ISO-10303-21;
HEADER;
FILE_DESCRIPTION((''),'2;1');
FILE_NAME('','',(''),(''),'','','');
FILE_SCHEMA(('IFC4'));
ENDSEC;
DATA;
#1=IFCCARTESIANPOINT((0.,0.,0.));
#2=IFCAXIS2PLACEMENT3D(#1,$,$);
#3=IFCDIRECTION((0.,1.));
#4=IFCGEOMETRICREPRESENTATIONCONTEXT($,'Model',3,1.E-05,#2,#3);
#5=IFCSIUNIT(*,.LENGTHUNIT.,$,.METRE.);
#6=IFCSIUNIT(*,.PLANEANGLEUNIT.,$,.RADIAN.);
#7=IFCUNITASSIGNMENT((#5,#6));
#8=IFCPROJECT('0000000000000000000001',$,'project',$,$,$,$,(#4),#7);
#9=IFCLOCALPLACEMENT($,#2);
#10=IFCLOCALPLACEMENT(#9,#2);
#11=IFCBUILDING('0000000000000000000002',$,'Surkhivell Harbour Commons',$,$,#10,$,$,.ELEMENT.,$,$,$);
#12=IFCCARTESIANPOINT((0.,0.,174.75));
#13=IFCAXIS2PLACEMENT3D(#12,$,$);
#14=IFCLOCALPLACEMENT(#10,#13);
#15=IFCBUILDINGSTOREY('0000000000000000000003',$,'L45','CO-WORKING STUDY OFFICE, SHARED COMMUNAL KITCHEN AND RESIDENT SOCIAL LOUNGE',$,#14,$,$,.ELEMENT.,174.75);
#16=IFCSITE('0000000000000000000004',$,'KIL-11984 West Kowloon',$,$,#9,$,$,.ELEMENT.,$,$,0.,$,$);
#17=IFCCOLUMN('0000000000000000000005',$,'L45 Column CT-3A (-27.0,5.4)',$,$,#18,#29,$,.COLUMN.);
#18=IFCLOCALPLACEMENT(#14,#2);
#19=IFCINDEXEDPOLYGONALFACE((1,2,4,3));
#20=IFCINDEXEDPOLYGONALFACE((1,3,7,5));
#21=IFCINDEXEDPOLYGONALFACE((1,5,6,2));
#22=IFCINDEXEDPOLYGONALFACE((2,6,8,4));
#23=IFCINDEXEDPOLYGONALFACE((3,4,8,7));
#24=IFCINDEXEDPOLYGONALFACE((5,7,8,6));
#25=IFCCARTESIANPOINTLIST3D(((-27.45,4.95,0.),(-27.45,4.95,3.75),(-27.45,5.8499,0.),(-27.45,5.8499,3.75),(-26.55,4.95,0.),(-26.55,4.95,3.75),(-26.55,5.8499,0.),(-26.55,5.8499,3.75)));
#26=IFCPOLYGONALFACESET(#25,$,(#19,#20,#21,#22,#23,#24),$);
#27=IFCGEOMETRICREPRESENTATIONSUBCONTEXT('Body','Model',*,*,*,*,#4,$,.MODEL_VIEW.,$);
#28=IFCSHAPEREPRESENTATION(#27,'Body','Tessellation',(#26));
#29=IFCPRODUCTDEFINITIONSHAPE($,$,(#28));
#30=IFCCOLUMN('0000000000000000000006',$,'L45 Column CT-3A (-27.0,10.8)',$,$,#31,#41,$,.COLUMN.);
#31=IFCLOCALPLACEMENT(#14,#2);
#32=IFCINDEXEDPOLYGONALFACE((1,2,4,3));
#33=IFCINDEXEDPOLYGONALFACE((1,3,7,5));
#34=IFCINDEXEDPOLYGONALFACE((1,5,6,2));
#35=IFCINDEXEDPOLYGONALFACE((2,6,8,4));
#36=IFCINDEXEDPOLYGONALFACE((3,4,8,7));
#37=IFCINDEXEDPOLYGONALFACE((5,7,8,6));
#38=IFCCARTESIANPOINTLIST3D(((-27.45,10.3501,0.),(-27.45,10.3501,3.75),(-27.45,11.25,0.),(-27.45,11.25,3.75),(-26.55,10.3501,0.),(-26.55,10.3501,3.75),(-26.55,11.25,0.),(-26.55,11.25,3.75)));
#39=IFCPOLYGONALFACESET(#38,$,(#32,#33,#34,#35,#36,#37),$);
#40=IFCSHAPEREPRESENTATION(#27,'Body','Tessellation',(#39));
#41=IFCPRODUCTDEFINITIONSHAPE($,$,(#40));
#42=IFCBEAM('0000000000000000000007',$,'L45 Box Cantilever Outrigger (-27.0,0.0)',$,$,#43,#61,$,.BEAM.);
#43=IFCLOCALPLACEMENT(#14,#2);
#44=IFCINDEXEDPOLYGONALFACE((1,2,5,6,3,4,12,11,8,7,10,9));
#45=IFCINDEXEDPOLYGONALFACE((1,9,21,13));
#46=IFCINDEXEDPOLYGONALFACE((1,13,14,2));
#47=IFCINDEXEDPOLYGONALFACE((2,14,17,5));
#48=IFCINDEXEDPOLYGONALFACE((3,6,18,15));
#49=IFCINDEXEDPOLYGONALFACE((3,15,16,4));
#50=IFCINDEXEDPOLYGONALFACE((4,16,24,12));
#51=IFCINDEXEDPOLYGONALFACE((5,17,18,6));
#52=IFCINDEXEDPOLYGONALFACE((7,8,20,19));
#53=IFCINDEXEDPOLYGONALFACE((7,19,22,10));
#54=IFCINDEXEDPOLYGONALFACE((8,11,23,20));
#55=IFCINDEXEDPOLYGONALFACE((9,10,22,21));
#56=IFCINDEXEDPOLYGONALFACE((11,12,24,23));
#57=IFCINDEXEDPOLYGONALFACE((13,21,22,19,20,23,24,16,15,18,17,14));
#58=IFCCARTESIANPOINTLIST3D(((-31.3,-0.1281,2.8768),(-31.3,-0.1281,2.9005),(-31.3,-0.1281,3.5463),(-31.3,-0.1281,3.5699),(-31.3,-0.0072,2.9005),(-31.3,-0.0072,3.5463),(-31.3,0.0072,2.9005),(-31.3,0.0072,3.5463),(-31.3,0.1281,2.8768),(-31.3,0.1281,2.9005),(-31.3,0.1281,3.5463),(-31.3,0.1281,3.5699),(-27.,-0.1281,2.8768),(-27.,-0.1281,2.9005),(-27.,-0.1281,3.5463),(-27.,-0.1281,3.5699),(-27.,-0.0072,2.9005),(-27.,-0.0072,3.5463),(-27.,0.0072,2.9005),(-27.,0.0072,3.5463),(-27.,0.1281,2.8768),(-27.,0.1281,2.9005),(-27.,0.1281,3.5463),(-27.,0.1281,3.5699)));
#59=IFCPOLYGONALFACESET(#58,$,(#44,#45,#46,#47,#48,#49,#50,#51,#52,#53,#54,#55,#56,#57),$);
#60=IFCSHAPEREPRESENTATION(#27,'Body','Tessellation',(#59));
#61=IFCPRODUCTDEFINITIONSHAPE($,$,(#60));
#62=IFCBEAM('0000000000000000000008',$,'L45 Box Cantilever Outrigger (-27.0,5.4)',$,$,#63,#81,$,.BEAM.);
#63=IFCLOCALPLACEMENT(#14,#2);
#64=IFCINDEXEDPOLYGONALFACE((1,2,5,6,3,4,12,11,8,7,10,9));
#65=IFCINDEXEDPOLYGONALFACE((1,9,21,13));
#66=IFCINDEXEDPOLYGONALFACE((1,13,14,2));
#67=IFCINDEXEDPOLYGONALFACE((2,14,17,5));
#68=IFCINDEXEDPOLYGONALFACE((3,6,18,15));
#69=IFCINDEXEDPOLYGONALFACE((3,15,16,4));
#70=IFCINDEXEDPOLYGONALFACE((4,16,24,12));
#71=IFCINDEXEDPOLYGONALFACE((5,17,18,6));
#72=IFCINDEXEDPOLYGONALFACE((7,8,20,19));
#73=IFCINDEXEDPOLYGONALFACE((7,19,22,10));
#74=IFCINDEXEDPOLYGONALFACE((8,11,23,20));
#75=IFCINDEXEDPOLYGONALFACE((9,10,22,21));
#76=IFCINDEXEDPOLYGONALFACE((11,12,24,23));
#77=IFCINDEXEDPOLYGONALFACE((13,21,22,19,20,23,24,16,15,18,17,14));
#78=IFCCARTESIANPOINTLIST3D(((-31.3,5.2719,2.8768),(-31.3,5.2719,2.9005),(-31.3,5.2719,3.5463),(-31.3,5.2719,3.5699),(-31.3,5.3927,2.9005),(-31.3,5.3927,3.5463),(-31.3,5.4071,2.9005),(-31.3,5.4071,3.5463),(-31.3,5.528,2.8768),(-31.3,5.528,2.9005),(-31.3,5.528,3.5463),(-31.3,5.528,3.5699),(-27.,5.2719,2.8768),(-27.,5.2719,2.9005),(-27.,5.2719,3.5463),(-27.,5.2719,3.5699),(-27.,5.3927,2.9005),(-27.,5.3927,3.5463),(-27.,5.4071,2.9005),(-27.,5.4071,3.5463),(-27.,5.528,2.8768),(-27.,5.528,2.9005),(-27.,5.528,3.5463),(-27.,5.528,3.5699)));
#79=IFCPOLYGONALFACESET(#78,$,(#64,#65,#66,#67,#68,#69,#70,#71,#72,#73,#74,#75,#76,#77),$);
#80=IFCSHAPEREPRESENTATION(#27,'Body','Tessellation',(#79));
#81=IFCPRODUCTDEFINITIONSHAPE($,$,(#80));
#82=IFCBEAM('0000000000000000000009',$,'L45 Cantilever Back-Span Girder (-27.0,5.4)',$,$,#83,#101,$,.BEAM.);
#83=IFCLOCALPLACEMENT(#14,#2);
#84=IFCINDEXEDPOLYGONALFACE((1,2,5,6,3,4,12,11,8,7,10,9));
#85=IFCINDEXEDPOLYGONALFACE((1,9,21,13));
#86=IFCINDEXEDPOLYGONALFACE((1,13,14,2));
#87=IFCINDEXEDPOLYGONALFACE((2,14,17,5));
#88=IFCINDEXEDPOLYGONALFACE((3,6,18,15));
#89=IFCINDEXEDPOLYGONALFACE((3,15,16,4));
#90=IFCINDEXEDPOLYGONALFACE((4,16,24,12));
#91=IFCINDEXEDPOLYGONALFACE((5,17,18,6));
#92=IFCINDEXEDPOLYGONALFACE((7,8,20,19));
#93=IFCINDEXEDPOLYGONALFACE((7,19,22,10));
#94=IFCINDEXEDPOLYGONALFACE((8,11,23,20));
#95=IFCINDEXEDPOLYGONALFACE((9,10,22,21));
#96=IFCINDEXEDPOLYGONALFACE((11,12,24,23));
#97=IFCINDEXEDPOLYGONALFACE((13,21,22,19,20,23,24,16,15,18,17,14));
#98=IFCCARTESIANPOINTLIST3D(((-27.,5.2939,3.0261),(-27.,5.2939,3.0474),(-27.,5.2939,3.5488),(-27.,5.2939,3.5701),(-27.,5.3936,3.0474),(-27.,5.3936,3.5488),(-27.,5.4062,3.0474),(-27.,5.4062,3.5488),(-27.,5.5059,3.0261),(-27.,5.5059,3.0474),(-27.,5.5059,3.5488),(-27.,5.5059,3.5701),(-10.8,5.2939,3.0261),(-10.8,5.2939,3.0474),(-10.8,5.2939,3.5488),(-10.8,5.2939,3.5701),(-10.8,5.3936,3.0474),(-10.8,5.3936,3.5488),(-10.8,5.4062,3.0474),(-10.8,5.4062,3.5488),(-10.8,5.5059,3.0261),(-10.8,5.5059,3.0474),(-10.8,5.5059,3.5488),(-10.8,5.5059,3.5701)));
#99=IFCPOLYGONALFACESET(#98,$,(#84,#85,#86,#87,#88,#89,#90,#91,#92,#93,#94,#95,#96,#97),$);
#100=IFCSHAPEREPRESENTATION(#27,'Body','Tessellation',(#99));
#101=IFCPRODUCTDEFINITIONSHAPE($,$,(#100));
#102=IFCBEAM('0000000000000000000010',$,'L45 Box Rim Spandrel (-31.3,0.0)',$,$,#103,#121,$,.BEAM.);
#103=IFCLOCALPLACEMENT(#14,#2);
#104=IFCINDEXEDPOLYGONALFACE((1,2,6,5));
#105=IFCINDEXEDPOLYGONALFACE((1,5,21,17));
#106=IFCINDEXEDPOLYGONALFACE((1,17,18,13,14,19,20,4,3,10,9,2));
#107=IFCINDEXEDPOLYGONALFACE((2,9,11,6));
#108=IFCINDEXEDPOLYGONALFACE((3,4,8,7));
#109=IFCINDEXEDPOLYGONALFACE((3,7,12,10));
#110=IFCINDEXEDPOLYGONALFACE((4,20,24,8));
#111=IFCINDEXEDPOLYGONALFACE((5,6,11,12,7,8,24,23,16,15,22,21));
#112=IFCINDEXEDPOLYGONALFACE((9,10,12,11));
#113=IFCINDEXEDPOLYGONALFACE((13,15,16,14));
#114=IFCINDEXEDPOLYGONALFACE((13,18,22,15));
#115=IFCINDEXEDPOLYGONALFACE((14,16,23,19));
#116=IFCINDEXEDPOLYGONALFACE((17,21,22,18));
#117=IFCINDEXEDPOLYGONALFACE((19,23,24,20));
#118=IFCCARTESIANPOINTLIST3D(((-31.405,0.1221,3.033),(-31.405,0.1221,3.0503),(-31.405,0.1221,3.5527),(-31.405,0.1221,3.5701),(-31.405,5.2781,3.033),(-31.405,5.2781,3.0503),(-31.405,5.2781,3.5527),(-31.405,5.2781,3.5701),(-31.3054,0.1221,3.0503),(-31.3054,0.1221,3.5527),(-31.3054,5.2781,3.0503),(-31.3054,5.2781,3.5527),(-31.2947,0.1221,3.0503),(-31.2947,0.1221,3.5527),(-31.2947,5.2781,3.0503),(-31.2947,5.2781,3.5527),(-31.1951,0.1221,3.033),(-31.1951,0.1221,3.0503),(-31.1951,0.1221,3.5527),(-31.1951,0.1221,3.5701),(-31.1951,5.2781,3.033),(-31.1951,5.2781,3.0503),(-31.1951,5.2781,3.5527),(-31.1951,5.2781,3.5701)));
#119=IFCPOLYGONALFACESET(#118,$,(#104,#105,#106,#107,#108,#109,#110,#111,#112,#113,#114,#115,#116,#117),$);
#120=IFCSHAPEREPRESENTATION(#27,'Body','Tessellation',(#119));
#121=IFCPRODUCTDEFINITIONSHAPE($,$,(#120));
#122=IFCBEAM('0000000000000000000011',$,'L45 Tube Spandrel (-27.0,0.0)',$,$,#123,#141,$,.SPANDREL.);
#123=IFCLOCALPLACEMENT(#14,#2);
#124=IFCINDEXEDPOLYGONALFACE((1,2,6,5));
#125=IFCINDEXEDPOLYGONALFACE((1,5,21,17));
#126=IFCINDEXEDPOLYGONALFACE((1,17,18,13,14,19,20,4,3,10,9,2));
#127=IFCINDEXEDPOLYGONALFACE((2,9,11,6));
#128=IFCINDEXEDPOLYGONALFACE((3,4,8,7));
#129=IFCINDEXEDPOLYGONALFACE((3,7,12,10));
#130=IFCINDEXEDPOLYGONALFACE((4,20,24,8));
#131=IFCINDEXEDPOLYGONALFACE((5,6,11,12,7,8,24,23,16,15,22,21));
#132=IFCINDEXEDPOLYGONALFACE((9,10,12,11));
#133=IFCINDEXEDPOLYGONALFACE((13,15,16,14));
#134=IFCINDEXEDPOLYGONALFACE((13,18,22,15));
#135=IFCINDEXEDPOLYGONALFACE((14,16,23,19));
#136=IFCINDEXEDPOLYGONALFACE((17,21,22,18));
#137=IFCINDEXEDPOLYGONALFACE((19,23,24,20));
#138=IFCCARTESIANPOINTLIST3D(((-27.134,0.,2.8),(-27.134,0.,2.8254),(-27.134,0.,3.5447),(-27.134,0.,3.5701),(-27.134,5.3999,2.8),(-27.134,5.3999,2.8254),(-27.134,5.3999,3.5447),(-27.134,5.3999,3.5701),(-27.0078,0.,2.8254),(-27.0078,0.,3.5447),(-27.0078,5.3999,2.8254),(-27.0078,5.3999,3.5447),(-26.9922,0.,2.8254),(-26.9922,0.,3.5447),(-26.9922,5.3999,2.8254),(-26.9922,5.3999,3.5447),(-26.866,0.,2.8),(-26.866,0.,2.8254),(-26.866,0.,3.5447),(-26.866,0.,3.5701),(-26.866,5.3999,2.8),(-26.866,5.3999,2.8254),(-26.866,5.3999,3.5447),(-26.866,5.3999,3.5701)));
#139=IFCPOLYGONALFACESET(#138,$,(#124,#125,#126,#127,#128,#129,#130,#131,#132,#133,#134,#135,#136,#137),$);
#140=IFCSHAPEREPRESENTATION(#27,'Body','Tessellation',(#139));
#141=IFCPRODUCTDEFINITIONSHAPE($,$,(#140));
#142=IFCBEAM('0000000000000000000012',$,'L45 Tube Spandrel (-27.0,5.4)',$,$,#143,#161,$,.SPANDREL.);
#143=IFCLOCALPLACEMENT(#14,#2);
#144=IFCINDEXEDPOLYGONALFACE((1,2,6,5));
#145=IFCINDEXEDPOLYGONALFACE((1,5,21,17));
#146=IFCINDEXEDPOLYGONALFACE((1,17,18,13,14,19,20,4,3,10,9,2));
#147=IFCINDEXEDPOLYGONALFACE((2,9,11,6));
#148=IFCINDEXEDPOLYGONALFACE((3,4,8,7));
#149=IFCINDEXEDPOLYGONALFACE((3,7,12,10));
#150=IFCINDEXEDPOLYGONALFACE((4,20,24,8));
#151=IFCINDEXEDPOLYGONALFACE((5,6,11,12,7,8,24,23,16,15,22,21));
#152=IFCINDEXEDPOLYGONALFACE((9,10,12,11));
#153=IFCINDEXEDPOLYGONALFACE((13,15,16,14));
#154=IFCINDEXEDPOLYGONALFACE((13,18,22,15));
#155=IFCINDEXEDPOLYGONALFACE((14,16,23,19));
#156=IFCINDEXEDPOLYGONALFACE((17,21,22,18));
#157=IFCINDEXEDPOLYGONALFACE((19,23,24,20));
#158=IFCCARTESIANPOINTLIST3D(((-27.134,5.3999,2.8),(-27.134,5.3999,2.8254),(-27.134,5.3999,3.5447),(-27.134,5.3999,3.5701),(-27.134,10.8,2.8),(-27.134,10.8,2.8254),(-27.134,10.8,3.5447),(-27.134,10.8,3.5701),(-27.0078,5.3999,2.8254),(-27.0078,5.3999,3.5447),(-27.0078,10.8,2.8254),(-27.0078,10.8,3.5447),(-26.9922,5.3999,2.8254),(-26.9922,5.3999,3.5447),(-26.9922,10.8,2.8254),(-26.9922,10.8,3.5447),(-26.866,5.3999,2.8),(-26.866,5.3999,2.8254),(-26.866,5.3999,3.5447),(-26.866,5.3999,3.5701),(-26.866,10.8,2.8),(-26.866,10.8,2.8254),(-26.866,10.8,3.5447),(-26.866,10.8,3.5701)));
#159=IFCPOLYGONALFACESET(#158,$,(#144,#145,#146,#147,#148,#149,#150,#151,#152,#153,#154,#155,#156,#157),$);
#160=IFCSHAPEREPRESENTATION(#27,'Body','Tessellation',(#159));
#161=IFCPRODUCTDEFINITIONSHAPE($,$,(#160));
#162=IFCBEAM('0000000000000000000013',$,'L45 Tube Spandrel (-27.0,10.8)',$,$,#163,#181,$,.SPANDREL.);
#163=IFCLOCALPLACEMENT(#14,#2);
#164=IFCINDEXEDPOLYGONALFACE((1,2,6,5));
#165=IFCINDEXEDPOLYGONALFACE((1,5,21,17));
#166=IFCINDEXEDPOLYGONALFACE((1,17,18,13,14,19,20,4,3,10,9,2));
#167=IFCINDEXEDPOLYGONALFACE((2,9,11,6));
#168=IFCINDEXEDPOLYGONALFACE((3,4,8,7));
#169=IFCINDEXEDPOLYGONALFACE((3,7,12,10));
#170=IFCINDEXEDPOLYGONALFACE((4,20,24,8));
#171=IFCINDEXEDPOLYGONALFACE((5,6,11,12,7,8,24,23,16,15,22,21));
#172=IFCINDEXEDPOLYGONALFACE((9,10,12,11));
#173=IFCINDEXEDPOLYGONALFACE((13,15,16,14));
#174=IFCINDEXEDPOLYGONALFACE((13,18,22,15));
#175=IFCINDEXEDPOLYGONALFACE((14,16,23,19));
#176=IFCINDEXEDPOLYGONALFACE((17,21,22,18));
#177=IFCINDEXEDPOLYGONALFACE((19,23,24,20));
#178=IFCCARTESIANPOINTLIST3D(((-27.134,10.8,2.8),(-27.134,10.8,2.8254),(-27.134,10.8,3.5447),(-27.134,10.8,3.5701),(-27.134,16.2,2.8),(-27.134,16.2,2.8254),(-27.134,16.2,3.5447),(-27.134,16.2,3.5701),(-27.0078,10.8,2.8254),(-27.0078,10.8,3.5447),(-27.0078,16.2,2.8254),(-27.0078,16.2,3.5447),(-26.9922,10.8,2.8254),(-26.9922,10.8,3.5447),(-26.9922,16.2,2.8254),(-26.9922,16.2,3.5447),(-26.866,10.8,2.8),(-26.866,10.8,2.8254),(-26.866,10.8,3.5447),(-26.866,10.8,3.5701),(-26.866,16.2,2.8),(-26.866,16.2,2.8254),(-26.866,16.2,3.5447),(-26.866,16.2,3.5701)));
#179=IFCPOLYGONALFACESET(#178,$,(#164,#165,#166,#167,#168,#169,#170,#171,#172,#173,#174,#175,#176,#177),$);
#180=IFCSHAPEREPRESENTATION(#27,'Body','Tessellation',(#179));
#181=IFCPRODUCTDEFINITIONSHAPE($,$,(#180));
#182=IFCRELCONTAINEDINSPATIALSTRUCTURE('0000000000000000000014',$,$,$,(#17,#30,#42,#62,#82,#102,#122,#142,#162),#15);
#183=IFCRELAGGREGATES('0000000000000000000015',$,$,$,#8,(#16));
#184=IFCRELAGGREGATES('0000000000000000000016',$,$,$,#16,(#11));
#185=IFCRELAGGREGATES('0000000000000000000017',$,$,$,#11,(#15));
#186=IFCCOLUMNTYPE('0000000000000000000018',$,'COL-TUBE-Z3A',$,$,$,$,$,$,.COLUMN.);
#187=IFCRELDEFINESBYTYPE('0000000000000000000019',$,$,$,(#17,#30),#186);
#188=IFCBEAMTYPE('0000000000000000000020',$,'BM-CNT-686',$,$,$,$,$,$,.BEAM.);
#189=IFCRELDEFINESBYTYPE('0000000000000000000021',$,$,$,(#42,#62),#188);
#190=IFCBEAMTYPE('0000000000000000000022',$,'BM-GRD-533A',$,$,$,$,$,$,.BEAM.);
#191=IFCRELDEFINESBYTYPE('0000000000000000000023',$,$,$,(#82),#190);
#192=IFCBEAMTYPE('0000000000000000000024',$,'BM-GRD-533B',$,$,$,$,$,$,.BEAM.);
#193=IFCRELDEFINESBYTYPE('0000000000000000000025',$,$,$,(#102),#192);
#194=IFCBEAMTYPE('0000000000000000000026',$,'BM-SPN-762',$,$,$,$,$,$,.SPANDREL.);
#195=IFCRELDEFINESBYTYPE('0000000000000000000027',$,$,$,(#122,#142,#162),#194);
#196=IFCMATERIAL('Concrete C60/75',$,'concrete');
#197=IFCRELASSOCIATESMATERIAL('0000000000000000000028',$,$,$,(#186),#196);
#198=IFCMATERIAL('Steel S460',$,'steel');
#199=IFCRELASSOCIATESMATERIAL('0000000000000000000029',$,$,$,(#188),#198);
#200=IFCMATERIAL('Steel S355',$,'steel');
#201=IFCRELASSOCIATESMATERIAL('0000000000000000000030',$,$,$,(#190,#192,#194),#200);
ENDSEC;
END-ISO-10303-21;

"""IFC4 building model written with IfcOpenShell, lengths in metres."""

from ifc_helpers import new_model, si_unit, direction, frame, origin, origin_2d, place, context, subcontext, project, spatial, rectangle, i_section, extrude, material, material_profile, profile_set, type_object, element, save


model = new_model("IFC4")

# Units and contexts
model_context = context("Model", 3, precision=1e-05, world=origin(), true_north=direction((0.0, 1.0)))
body_context = subcontext(model_context, "Body", "Model", "MODEL_VIEW")
ifc_project = project(units=[si_unit("LENGTHUNIT", "METRE"), si_unit("PLANEANGLEUNIT", "RADIAN")], contexts=[model_context])

# Site, building, storey
site_placement = place(None, origin())
site = spatial("IfcSite", under=ifc_project, at=site_placement, Name="KIL-11984 West Kowloon", CompositionType="ELEMENT", RefElevation=0.0)
building_placement = place(site_placement, origin())
building = spatial("IfcBuilding", under=site, at=building_placement, Name="Surkhivell Harbour Commons", CompositionType="ELEMENT")
storey_placement = place(building_placement, frame((0.0, 0.0, 174.75)))
storey = spatial("IfcBuildingStorey", under=building, at=storey_placement, Name="L45", Description="CO-WORKING STUDY OFFICE, SHARED COMMUNAL KITCHEN AND RESIDENT SOCIAL LOUNGE", CompositionType="ELEMENT", Elevation=174.75)

# Columns
ifc_material_1 = material(Name="Concrete C60/75", Category="concrete")
ifc_material_profile_1 = material_profile(ifc_material_1, rectangle(XDim=0.8999, YDim=0.8999, at=origin_2d()), Name="RC-COL-900x900")
ifc_profile_set_1 = profile_set([ifc_material_profile_1], Name="Concrete C60/75")
column_type = type_object("IfcColumnType", Name="COL-TUBE-Z3A", PredefinedType="COLUMN", material=ifc_profile_set_1)
for number, where, z_axis, x_axis, name in (
    (1, (-27.0, 5.3999, 0.0), (0.0, 0.0, 1.0), (1.0, 0.0, 0.0), "L45 Column CT-3A (-27.0,5.4)"),
    (2, (-27.0, 10.8, 0.0), (0.0, 0.0, 1.0), (1.0, 0.0, 0.0), "L45 Column CT-3A (-27.0,10.8)"),
):
    element("IfcColumn", number, at=place(storey_placement, frame(where, z_axis=z_axis, x_axis=x_axis)), inside=storey, type_object=column_type, Name=name, PredefinedType="COLUMN", context=body_context, shape_type="SweptSolid", body=[
        extrude(rectangle(XDim=0.8999, YDim=0.8999, at=origin_2d()), origin(), (0.0, 0.0, 1.0), 3.75),
    ])

# Beams
ifc_material_2 = material(Name="Steel S460", Category="steel")
ifc_material_profile_2 = material_profile(ifc_material_2, i_section(OverallWidth=0.2561, OverallDepth=0.6931, WebThickness=0.0144, FlangeThickness=0.0237, at=origin_2d()), Name="UB686x254x170")
ifc_profile_set_2 = profile_set([ifc_material_profile_2], Name="Steel S460")
beam_type_1 = type_object("IfcBeamType", Name="BM-CNT-686", PredefinedType="BEAM", material=ifc_profile_set_2)
for number, where, z_axis, x_axis, name in (
    (3, (-27.0, 0.0, 3.2234), (-1.0, 0.0, 0.0), (0.0, -1.0, 0.0), "L45 Box Cantilever Outrigger (-27.0,0.0)"),
    (4, (-27.0, 5.3999, 3.2234), (-1.0, 0.0, 0.0), (0.0, -1.0, 0.0), "L45 Box Cantilever Outrigger (-27.0,5.4)"),
):
    element("IfcBeam", number, at=place(storey_placement, frame(where, z_axis=z_axis, x_axis=x_axis)), inside=storey, type_object=beam_type_1, Name=name, PredefinedType="BEAM", context=body_context, shape_type="SweptSolid", body=[
        extrude(i_section(OverallWidth=0.2561, OverallDepth=0.6931, WebThickness=0.0144, FlangeThickness=0.0237, at=origin_2d()), origin(), (0.0, 0.0, 1.0), 4.3),
    ])
ifc_material_3 = material(Name="Steel S355", Category="steel")
ifc_material_profile_3 = material_profile(ifc_material_3, i_section(OverallWidth=0.2119, OverallDepth=0.5439, WebThickness=0.0127, FlangeThickness=0.0212, at=origin_2d()), Name="UB533x210x122")
ifc_profile_set_3 = profile_set([ifc_material_profile_3], Name="Steel S355")
beam_type_2 = type_object("IfcBeamType", Name="BM-GRD-533A", PredefinedType="BEAM", material=ifc_profile_set_3)
beam_1_placement = place(storey_placement, frame((-27.0, 5.3999, 3.2981), z_axis=(1.0, 0.0, 0.0), x_axis=(0.0, 1.0, 0.0)))
element("IfcBeam", 5, at=beam_1_placement, inside=storey, type_object=beam_type_2, Name="L45 Cantilever Back-Span Girder (-27.0,5.4)", PredefinedType="BEAM", context=body_context, shape_type="SweptSolid", body=[
    extrude(i_section(OverallWidth=0.2119, OverallDepth=0.5439, WebThickness=0.0127, FlangeThickness=0.0212, at=origin_2d()), origin(), (0.0, 0.0, 1.0), 16.2),
])
ifc_material_profile_4 = material_profile(ifc_material_3, i_section(OverallWidth=0.21, OverallDepth=0.5371, WebThickness=0.0107, FlangeThickness=0.0173, at=origin_2d()), Name="UB533x210x101")
ifc_profile_set_4 = profile_set([ifc_material_profile_4], Name="Steel S355")
beam_type_3 = type_object("IfcBeamType", Name="BM-GRD-533B", PredefinedType="BEAM", material=ifc_profile_set_4)
beam_2_placement = place(storey_placement, frame((-31.3, 0.1221, 3.3015), z_axis=(0.0, 1.0, 0.0), x_axis=(-1.0, 0.0, 0.0)))
element("IfcBeam", 6, at=beam_2_placement, inside=storey, type_object=beam_type_3, Name="L45 Box Rim Spandrel (-31.3,0.0)", PredefinedType="BEAM", context=body_context, shape_type="SweptSolid", body=[
    extrude(i_section(OverallWidth=0.21, OverallDepth=0.5371, WebThickness=0.0107, FlangeThickness=0.0173, at=origin_2d()), origin(), (0.0, 0.0, 1.0), 5.156),
])
ifc_material_profile_5 = material_profile(ifc_material_3, i_section(OverallWidth=0.2681, OverallDepth=0.77, WebThickness=0.0156, FlangeThickness=0.0254, at=origin_2d()), Name="UB762x267x197")
ifc_profile_set_5 = profile_set([ifc_material_profile_5], Name="Steel S355")
beam_type_4 = type_object("IfcBeamType", Name="BM-SPN-762", PredefinedType="SPANDREL", material=ifc_profile_set_5)
beam_3_placement = place(storey_placement, frame((-27.0, 0.0, 3.1851), z_axis=(0.0, 1.0, 0.0), x_axis=(-1.0, 0.0, 0.0)))
element("IfcBeam", 7, at=beam_3_placement, inside=storey, type_object=beam_type_4, Name="L45 Tube Spandrel (-27.0,0.0)", PredefinedType="SPANDREL", context=body_context, shape_type="SweptSolid", body=[
    extrude(i_section(OverallWidth=0.2681, OverallDepth=0.77, WebThickness=0.0156, FlangeThickness=0.0254, at=origin_2d()), origin(), (0.0, 0.0, 1.0), 5.3999),
])
beam_4_placement = place(storey_placement, frame((-27.0, 5.3999, 3.1851), z_axis=(0.0, 1.0, 0.0), x_axis=(-1.0, 0.0, 0.0)))
element("IfcBeam", 8, at=beam_4_placement, inside=storey, type_object=beam_type_4, Name="L45 Tube Spandrel (-27.0,5.4)", PredefinedType="SPANDREL", context=body_context, shape_type="SweptSolid", body=[
    extrude(i_section(OverallWidth=0.2681, OverallDepth=0.77, WebThickness=0.0156, FlangeThickness=0.0254, at=origin_2d()), origin(), (0.0, 0.0, 1.0), 5.4001),
])
beam_5_placement = place(storey_placement, frame((-27.0, 10.8, 3.1851), z_axis=(0.0, 1.0, 0.0), x_axis=(-1.0, 0.0, 0.0)))
element("IfcBeam", 9, at=beam_5_placement, inside=storey, type_object=beam_type_4, Name="L45 Tube Spandrel (-27.0,10.8)", PredefinedType="SPANDREL", context=body_context, shape_type="SweptSolid", body=[
    extrude(i_section(OverallWidth=0.2681, OverallDepth=0.77, WebThickness=0.0156, FlangeThickness=0.0254, at=origin_2d()), origin(), (0.0, 0.0, 1.0), 5.3999),
])

save(model, "model.ifc")
